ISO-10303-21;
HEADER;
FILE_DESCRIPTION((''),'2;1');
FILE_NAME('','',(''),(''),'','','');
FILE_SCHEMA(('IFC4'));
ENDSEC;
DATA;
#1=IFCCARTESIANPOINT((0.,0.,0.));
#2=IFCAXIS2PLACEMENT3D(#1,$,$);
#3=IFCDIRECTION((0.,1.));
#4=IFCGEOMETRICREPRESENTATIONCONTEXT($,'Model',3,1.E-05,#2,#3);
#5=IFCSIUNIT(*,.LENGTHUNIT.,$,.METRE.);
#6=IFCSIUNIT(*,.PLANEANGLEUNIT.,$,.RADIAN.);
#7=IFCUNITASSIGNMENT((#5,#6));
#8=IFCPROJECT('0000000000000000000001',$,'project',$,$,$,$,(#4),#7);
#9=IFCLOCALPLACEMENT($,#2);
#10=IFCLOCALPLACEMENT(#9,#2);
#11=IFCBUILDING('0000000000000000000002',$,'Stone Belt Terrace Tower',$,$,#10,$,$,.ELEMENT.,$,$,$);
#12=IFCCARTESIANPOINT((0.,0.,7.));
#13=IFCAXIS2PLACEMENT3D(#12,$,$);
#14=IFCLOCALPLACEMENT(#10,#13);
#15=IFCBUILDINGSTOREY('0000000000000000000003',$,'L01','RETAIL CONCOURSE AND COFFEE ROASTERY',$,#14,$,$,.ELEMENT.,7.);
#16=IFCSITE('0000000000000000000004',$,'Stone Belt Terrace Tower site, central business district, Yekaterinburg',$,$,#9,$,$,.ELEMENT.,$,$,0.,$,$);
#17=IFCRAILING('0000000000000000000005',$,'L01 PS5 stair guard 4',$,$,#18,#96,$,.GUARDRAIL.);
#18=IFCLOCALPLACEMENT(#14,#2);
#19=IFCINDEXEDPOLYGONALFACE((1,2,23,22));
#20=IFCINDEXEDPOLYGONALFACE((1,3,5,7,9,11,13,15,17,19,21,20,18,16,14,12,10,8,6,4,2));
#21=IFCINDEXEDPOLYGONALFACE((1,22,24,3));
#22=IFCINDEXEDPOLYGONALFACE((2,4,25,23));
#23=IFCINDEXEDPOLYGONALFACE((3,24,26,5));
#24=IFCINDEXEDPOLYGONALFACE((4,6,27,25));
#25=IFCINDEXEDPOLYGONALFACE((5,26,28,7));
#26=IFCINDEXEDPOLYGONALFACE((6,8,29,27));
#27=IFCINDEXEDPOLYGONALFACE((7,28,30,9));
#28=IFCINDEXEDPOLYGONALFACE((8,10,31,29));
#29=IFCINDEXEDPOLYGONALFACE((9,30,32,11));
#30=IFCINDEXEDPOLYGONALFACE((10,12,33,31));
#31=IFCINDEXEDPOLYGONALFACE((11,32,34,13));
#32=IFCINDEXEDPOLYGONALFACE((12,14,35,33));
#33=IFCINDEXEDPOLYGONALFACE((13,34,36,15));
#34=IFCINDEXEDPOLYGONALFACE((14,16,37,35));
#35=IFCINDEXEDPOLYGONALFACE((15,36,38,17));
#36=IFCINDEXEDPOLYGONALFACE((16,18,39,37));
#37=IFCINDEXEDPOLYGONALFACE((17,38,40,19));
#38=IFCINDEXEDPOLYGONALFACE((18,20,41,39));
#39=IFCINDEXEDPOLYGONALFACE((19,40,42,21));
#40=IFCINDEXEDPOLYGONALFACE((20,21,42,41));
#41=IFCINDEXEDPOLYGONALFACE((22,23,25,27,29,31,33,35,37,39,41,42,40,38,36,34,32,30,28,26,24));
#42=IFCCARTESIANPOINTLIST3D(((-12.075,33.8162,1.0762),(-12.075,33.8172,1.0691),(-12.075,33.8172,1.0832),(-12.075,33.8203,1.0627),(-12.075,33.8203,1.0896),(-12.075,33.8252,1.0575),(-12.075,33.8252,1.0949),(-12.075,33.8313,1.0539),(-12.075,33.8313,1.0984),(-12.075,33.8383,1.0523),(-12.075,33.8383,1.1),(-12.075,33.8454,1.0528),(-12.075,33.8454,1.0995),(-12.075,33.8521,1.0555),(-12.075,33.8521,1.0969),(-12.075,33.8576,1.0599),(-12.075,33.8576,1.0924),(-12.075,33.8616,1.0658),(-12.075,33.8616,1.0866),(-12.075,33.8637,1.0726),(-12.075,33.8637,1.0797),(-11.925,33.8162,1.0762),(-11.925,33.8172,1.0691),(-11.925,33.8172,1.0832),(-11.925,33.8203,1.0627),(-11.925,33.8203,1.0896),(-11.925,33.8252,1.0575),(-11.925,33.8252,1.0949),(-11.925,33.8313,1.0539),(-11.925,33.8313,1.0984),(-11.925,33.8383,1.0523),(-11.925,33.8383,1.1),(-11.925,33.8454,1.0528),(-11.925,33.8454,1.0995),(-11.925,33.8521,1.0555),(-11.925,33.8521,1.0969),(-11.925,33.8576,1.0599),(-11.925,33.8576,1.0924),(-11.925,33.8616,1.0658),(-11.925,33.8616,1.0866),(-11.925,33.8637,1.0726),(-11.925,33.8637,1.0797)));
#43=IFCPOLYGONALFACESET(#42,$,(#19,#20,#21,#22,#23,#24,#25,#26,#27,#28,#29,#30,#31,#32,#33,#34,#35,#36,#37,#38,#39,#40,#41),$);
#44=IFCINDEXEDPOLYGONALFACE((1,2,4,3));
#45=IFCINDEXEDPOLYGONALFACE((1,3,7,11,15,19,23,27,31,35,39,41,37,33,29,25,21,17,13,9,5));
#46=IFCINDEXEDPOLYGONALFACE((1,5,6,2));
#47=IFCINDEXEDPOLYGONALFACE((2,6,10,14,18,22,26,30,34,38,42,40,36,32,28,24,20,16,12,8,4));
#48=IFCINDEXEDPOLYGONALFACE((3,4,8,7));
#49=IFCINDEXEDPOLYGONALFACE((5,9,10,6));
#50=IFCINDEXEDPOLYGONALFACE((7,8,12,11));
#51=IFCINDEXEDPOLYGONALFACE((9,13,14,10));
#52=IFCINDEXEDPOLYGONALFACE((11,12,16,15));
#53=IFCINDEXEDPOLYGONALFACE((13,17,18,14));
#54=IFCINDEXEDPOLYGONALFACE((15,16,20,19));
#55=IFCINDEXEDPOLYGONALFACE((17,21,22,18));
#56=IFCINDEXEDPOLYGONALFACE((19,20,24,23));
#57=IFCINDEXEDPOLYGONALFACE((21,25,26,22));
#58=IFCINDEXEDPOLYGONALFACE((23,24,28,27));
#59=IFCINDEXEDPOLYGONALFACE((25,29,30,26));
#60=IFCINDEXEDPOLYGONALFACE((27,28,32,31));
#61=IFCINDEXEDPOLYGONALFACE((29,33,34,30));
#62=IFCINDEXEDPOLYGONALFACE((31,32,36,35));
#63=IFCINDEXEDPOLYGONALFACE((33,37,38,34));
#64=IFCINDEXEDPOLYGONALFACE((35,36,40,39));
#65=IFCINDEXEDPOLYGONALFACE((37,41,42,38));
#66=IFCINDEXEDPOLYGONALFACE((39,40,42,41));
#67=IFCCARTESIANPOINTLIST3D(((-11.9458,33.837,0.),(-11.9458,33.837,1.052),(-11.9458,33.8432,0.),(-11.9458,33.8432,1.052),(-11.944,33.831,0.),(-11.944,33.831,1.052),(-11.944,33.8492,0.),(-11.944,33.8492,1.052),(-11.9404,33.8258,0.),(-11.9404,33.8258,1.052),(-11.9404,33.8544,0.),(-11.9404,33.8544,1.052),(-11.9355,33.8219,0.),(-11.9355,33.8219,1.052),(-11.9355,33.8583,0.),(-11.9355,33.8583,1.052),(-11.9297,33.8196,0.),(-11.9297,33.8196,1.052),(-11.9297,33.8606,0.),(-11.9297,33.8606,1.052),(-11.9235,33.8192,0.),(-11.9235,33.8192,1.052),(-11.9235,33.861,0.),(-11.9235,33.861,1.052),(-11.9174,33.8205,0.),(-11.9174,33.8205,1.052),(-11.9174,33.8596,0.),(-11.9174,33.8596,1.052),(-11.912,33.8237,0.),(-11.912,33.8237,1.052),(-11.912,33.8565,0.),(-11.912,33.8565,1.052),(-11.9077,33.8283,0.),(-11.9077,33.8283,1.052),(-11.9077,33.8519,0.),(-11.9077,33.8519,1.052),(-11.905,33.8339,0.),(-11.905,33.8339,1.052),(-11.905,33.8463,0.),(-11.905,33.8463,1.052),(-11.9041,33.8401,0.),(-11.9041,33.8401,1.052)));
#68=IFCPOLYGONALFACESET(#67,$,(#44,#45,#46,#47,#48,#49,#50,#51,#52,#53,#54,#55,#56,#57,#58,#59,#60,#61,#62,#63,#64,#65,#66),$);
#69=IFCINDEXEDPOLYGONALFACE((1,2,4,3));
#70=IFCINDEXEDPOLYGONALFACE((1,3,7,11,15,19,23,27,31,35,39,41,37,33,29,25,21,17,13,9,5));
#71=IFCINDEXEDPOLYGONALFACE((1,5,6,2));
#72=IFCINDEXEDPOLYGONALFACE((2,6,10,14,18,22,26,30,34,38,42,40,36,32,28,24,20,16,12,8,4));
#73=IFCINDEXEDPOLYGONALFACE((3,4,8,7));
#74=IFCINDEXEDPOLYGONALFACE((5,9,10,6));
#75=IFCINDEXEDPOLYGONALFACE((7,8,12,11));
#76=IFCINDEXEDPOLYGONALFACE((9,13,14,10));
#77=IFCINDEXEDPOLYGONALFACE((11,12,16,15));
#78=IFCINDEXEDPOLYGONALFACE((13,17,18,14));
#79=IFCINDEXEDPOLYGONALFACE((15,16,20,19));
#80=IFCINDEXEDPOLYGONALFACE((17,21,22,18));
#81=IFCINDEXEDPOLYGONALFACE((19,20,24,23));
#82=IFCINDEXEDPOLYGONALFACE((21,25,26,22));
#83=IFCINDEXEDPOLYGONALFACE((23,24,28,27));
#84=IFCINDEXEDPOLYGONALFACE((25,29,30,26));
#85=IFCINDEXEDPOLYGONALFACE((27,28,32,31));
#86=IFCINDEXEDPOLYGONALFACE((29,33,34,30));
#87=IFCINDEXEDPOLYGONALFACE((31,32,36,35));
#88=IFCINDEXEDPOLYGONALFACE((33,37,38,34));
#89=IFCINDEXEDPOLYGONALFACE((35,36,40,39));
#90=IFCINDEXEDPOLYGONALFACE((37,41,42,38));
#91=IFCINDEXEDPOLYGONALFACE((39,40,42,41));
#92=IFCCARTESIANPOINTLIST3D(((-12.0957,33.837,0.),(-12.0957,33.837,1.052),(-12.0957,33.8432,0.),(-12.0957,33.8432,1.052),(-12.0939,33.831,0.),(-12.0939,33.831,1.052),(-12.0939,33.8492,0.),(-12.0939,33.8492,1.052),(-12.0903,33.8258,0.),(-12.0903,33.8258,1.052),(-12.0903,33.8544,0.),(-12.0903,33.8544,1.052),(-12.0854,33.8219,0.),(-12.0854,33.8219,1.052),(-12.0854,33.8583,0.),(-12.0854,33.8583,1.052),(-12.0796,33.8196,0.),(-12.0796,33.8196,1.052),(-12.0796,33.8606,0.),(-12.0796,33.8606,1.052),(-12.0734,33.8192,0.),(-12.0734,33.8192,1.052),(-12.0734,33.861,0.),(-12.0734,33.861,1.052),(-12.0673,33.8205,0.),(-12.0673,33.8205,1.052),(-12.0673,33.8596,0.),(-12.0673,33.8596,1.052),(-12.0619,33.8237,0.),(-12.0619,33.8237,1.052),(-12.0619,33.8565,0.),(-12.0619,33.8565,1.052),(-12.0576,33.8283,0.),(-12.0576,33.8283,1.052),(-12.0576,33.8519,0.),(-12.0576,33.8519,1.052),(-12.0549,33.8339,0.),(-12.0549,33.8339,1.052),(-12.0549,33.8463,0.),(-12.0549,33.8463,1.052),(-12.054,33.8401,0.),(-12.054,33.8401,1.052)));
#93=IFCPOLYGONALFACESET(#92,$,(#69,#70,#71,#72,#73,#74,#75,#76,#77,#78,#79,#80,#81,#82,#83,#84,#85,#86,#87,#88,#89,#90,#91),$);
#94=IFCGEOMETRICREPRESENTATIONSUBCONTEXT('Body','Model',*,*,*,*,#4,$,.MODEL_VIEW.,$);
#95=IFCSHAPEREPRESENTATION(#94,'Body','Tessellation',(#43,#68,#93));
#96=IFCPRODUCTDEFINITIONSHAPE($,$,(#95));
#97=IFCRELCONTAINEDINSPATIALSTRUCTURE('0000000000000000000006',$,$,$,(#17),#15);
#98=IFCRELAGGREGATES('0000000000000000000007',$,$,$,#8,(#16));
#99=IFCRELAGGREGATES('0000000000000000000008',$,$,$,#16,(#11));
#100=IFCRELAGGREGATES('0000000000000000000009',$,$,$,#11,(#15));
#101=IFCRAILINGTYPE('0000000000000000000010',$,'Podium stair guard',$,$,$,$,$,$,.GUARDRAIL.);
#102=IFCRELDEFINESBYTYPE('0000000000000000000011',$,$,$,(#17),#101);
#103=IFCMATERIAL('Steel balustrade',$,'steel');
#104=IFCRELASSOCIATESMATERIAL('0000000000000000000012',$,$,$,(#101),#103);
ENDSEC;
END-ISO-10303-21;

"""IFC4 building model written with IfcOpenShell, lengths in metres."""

from ifc_helpers import new_model, si_unit, direction, frame, origin, origin_2d, place, context, subcontext, project, spatial, circle, extrude, material, type_object, element, save


model = new_model("IFC4")

# Units and contexts
model_context = context("Model", 3, precision=1e-05, world=origin(), true_north=direction((0.0, 1.0)))
body_context = subcontext(model_context, "Body", "Model", "MODEL_VIEW")
ifc_project = project(units=[si_unit("LENGTHUNIT", "METRE"), si_unit("PLANEANGLEUNIT", "RADIAN")], contexts=[model_context])

# Site, building, storey
site_placement = place(None, origin())
site = spatial("IfcSite", under=ifc_project, at=site_placement, Name="Stone Belt Terrace Tower site, central business district, Yekaterinburg", CompositionType="ELEMENT", RefElevation=0.0)
building_placement = place(site_placement, origin())
building = spatial("IfcBuilding", under=site, at=building_placement, Name="Stone Belt Terrace Tower", CompositionType="ELEMENT")
storey_placement = place(building_placement, frame((0.0, 0.0, 7.0)))
storey = spatial("IfcBuildingStorey", under=building, at=storey_placement, Name="L01", Description="RETAIL CONCOURSE AND COFFEE ROASTERY", CompositionType="ELEMENT", Elevation=7.0)

# Railing
ifc_material_1 = material(Name="Steel balustrade", Category="steel")
railing_type = type_object("IfcRailingType", Name="Podium stair guard", PredefinedType="GUARDRAIL", material=ifc_material_1)
railing_1_placement = place(storey_placement, frame((-11.925, 33.8401, 0.0)))
element("IfcRailing", 1, at=railing_1_placement, inside=storey, type_object=railing_type, Name="L01 PS5 stair guard 4", PredefinedType="GUARDRAIL", context=body_context, shape_type="SweptSolid", body=[
    extrude(circle(Radius=0.0239, at=origin_2d()), frame((0.0, 0.0, 1.0762), z_axis=(-1.0, 0.0, 0.0), x_axis=(0.0, -1.0, 0.0)), (0.0, 0.0, 1.0), 0.1499),
    extrude(circle(Radius=0.021, at=origin_2d()), origin(), (0.0, 0.0, 1.0), 1.052),
    extrude(circle(Radius=0.021, at=origin_2d()), frame((-0.1499, 0.0, 0.0)), (0.0, 0.0, 1.0), 1.052),
])

save(model, "model.ifc")
